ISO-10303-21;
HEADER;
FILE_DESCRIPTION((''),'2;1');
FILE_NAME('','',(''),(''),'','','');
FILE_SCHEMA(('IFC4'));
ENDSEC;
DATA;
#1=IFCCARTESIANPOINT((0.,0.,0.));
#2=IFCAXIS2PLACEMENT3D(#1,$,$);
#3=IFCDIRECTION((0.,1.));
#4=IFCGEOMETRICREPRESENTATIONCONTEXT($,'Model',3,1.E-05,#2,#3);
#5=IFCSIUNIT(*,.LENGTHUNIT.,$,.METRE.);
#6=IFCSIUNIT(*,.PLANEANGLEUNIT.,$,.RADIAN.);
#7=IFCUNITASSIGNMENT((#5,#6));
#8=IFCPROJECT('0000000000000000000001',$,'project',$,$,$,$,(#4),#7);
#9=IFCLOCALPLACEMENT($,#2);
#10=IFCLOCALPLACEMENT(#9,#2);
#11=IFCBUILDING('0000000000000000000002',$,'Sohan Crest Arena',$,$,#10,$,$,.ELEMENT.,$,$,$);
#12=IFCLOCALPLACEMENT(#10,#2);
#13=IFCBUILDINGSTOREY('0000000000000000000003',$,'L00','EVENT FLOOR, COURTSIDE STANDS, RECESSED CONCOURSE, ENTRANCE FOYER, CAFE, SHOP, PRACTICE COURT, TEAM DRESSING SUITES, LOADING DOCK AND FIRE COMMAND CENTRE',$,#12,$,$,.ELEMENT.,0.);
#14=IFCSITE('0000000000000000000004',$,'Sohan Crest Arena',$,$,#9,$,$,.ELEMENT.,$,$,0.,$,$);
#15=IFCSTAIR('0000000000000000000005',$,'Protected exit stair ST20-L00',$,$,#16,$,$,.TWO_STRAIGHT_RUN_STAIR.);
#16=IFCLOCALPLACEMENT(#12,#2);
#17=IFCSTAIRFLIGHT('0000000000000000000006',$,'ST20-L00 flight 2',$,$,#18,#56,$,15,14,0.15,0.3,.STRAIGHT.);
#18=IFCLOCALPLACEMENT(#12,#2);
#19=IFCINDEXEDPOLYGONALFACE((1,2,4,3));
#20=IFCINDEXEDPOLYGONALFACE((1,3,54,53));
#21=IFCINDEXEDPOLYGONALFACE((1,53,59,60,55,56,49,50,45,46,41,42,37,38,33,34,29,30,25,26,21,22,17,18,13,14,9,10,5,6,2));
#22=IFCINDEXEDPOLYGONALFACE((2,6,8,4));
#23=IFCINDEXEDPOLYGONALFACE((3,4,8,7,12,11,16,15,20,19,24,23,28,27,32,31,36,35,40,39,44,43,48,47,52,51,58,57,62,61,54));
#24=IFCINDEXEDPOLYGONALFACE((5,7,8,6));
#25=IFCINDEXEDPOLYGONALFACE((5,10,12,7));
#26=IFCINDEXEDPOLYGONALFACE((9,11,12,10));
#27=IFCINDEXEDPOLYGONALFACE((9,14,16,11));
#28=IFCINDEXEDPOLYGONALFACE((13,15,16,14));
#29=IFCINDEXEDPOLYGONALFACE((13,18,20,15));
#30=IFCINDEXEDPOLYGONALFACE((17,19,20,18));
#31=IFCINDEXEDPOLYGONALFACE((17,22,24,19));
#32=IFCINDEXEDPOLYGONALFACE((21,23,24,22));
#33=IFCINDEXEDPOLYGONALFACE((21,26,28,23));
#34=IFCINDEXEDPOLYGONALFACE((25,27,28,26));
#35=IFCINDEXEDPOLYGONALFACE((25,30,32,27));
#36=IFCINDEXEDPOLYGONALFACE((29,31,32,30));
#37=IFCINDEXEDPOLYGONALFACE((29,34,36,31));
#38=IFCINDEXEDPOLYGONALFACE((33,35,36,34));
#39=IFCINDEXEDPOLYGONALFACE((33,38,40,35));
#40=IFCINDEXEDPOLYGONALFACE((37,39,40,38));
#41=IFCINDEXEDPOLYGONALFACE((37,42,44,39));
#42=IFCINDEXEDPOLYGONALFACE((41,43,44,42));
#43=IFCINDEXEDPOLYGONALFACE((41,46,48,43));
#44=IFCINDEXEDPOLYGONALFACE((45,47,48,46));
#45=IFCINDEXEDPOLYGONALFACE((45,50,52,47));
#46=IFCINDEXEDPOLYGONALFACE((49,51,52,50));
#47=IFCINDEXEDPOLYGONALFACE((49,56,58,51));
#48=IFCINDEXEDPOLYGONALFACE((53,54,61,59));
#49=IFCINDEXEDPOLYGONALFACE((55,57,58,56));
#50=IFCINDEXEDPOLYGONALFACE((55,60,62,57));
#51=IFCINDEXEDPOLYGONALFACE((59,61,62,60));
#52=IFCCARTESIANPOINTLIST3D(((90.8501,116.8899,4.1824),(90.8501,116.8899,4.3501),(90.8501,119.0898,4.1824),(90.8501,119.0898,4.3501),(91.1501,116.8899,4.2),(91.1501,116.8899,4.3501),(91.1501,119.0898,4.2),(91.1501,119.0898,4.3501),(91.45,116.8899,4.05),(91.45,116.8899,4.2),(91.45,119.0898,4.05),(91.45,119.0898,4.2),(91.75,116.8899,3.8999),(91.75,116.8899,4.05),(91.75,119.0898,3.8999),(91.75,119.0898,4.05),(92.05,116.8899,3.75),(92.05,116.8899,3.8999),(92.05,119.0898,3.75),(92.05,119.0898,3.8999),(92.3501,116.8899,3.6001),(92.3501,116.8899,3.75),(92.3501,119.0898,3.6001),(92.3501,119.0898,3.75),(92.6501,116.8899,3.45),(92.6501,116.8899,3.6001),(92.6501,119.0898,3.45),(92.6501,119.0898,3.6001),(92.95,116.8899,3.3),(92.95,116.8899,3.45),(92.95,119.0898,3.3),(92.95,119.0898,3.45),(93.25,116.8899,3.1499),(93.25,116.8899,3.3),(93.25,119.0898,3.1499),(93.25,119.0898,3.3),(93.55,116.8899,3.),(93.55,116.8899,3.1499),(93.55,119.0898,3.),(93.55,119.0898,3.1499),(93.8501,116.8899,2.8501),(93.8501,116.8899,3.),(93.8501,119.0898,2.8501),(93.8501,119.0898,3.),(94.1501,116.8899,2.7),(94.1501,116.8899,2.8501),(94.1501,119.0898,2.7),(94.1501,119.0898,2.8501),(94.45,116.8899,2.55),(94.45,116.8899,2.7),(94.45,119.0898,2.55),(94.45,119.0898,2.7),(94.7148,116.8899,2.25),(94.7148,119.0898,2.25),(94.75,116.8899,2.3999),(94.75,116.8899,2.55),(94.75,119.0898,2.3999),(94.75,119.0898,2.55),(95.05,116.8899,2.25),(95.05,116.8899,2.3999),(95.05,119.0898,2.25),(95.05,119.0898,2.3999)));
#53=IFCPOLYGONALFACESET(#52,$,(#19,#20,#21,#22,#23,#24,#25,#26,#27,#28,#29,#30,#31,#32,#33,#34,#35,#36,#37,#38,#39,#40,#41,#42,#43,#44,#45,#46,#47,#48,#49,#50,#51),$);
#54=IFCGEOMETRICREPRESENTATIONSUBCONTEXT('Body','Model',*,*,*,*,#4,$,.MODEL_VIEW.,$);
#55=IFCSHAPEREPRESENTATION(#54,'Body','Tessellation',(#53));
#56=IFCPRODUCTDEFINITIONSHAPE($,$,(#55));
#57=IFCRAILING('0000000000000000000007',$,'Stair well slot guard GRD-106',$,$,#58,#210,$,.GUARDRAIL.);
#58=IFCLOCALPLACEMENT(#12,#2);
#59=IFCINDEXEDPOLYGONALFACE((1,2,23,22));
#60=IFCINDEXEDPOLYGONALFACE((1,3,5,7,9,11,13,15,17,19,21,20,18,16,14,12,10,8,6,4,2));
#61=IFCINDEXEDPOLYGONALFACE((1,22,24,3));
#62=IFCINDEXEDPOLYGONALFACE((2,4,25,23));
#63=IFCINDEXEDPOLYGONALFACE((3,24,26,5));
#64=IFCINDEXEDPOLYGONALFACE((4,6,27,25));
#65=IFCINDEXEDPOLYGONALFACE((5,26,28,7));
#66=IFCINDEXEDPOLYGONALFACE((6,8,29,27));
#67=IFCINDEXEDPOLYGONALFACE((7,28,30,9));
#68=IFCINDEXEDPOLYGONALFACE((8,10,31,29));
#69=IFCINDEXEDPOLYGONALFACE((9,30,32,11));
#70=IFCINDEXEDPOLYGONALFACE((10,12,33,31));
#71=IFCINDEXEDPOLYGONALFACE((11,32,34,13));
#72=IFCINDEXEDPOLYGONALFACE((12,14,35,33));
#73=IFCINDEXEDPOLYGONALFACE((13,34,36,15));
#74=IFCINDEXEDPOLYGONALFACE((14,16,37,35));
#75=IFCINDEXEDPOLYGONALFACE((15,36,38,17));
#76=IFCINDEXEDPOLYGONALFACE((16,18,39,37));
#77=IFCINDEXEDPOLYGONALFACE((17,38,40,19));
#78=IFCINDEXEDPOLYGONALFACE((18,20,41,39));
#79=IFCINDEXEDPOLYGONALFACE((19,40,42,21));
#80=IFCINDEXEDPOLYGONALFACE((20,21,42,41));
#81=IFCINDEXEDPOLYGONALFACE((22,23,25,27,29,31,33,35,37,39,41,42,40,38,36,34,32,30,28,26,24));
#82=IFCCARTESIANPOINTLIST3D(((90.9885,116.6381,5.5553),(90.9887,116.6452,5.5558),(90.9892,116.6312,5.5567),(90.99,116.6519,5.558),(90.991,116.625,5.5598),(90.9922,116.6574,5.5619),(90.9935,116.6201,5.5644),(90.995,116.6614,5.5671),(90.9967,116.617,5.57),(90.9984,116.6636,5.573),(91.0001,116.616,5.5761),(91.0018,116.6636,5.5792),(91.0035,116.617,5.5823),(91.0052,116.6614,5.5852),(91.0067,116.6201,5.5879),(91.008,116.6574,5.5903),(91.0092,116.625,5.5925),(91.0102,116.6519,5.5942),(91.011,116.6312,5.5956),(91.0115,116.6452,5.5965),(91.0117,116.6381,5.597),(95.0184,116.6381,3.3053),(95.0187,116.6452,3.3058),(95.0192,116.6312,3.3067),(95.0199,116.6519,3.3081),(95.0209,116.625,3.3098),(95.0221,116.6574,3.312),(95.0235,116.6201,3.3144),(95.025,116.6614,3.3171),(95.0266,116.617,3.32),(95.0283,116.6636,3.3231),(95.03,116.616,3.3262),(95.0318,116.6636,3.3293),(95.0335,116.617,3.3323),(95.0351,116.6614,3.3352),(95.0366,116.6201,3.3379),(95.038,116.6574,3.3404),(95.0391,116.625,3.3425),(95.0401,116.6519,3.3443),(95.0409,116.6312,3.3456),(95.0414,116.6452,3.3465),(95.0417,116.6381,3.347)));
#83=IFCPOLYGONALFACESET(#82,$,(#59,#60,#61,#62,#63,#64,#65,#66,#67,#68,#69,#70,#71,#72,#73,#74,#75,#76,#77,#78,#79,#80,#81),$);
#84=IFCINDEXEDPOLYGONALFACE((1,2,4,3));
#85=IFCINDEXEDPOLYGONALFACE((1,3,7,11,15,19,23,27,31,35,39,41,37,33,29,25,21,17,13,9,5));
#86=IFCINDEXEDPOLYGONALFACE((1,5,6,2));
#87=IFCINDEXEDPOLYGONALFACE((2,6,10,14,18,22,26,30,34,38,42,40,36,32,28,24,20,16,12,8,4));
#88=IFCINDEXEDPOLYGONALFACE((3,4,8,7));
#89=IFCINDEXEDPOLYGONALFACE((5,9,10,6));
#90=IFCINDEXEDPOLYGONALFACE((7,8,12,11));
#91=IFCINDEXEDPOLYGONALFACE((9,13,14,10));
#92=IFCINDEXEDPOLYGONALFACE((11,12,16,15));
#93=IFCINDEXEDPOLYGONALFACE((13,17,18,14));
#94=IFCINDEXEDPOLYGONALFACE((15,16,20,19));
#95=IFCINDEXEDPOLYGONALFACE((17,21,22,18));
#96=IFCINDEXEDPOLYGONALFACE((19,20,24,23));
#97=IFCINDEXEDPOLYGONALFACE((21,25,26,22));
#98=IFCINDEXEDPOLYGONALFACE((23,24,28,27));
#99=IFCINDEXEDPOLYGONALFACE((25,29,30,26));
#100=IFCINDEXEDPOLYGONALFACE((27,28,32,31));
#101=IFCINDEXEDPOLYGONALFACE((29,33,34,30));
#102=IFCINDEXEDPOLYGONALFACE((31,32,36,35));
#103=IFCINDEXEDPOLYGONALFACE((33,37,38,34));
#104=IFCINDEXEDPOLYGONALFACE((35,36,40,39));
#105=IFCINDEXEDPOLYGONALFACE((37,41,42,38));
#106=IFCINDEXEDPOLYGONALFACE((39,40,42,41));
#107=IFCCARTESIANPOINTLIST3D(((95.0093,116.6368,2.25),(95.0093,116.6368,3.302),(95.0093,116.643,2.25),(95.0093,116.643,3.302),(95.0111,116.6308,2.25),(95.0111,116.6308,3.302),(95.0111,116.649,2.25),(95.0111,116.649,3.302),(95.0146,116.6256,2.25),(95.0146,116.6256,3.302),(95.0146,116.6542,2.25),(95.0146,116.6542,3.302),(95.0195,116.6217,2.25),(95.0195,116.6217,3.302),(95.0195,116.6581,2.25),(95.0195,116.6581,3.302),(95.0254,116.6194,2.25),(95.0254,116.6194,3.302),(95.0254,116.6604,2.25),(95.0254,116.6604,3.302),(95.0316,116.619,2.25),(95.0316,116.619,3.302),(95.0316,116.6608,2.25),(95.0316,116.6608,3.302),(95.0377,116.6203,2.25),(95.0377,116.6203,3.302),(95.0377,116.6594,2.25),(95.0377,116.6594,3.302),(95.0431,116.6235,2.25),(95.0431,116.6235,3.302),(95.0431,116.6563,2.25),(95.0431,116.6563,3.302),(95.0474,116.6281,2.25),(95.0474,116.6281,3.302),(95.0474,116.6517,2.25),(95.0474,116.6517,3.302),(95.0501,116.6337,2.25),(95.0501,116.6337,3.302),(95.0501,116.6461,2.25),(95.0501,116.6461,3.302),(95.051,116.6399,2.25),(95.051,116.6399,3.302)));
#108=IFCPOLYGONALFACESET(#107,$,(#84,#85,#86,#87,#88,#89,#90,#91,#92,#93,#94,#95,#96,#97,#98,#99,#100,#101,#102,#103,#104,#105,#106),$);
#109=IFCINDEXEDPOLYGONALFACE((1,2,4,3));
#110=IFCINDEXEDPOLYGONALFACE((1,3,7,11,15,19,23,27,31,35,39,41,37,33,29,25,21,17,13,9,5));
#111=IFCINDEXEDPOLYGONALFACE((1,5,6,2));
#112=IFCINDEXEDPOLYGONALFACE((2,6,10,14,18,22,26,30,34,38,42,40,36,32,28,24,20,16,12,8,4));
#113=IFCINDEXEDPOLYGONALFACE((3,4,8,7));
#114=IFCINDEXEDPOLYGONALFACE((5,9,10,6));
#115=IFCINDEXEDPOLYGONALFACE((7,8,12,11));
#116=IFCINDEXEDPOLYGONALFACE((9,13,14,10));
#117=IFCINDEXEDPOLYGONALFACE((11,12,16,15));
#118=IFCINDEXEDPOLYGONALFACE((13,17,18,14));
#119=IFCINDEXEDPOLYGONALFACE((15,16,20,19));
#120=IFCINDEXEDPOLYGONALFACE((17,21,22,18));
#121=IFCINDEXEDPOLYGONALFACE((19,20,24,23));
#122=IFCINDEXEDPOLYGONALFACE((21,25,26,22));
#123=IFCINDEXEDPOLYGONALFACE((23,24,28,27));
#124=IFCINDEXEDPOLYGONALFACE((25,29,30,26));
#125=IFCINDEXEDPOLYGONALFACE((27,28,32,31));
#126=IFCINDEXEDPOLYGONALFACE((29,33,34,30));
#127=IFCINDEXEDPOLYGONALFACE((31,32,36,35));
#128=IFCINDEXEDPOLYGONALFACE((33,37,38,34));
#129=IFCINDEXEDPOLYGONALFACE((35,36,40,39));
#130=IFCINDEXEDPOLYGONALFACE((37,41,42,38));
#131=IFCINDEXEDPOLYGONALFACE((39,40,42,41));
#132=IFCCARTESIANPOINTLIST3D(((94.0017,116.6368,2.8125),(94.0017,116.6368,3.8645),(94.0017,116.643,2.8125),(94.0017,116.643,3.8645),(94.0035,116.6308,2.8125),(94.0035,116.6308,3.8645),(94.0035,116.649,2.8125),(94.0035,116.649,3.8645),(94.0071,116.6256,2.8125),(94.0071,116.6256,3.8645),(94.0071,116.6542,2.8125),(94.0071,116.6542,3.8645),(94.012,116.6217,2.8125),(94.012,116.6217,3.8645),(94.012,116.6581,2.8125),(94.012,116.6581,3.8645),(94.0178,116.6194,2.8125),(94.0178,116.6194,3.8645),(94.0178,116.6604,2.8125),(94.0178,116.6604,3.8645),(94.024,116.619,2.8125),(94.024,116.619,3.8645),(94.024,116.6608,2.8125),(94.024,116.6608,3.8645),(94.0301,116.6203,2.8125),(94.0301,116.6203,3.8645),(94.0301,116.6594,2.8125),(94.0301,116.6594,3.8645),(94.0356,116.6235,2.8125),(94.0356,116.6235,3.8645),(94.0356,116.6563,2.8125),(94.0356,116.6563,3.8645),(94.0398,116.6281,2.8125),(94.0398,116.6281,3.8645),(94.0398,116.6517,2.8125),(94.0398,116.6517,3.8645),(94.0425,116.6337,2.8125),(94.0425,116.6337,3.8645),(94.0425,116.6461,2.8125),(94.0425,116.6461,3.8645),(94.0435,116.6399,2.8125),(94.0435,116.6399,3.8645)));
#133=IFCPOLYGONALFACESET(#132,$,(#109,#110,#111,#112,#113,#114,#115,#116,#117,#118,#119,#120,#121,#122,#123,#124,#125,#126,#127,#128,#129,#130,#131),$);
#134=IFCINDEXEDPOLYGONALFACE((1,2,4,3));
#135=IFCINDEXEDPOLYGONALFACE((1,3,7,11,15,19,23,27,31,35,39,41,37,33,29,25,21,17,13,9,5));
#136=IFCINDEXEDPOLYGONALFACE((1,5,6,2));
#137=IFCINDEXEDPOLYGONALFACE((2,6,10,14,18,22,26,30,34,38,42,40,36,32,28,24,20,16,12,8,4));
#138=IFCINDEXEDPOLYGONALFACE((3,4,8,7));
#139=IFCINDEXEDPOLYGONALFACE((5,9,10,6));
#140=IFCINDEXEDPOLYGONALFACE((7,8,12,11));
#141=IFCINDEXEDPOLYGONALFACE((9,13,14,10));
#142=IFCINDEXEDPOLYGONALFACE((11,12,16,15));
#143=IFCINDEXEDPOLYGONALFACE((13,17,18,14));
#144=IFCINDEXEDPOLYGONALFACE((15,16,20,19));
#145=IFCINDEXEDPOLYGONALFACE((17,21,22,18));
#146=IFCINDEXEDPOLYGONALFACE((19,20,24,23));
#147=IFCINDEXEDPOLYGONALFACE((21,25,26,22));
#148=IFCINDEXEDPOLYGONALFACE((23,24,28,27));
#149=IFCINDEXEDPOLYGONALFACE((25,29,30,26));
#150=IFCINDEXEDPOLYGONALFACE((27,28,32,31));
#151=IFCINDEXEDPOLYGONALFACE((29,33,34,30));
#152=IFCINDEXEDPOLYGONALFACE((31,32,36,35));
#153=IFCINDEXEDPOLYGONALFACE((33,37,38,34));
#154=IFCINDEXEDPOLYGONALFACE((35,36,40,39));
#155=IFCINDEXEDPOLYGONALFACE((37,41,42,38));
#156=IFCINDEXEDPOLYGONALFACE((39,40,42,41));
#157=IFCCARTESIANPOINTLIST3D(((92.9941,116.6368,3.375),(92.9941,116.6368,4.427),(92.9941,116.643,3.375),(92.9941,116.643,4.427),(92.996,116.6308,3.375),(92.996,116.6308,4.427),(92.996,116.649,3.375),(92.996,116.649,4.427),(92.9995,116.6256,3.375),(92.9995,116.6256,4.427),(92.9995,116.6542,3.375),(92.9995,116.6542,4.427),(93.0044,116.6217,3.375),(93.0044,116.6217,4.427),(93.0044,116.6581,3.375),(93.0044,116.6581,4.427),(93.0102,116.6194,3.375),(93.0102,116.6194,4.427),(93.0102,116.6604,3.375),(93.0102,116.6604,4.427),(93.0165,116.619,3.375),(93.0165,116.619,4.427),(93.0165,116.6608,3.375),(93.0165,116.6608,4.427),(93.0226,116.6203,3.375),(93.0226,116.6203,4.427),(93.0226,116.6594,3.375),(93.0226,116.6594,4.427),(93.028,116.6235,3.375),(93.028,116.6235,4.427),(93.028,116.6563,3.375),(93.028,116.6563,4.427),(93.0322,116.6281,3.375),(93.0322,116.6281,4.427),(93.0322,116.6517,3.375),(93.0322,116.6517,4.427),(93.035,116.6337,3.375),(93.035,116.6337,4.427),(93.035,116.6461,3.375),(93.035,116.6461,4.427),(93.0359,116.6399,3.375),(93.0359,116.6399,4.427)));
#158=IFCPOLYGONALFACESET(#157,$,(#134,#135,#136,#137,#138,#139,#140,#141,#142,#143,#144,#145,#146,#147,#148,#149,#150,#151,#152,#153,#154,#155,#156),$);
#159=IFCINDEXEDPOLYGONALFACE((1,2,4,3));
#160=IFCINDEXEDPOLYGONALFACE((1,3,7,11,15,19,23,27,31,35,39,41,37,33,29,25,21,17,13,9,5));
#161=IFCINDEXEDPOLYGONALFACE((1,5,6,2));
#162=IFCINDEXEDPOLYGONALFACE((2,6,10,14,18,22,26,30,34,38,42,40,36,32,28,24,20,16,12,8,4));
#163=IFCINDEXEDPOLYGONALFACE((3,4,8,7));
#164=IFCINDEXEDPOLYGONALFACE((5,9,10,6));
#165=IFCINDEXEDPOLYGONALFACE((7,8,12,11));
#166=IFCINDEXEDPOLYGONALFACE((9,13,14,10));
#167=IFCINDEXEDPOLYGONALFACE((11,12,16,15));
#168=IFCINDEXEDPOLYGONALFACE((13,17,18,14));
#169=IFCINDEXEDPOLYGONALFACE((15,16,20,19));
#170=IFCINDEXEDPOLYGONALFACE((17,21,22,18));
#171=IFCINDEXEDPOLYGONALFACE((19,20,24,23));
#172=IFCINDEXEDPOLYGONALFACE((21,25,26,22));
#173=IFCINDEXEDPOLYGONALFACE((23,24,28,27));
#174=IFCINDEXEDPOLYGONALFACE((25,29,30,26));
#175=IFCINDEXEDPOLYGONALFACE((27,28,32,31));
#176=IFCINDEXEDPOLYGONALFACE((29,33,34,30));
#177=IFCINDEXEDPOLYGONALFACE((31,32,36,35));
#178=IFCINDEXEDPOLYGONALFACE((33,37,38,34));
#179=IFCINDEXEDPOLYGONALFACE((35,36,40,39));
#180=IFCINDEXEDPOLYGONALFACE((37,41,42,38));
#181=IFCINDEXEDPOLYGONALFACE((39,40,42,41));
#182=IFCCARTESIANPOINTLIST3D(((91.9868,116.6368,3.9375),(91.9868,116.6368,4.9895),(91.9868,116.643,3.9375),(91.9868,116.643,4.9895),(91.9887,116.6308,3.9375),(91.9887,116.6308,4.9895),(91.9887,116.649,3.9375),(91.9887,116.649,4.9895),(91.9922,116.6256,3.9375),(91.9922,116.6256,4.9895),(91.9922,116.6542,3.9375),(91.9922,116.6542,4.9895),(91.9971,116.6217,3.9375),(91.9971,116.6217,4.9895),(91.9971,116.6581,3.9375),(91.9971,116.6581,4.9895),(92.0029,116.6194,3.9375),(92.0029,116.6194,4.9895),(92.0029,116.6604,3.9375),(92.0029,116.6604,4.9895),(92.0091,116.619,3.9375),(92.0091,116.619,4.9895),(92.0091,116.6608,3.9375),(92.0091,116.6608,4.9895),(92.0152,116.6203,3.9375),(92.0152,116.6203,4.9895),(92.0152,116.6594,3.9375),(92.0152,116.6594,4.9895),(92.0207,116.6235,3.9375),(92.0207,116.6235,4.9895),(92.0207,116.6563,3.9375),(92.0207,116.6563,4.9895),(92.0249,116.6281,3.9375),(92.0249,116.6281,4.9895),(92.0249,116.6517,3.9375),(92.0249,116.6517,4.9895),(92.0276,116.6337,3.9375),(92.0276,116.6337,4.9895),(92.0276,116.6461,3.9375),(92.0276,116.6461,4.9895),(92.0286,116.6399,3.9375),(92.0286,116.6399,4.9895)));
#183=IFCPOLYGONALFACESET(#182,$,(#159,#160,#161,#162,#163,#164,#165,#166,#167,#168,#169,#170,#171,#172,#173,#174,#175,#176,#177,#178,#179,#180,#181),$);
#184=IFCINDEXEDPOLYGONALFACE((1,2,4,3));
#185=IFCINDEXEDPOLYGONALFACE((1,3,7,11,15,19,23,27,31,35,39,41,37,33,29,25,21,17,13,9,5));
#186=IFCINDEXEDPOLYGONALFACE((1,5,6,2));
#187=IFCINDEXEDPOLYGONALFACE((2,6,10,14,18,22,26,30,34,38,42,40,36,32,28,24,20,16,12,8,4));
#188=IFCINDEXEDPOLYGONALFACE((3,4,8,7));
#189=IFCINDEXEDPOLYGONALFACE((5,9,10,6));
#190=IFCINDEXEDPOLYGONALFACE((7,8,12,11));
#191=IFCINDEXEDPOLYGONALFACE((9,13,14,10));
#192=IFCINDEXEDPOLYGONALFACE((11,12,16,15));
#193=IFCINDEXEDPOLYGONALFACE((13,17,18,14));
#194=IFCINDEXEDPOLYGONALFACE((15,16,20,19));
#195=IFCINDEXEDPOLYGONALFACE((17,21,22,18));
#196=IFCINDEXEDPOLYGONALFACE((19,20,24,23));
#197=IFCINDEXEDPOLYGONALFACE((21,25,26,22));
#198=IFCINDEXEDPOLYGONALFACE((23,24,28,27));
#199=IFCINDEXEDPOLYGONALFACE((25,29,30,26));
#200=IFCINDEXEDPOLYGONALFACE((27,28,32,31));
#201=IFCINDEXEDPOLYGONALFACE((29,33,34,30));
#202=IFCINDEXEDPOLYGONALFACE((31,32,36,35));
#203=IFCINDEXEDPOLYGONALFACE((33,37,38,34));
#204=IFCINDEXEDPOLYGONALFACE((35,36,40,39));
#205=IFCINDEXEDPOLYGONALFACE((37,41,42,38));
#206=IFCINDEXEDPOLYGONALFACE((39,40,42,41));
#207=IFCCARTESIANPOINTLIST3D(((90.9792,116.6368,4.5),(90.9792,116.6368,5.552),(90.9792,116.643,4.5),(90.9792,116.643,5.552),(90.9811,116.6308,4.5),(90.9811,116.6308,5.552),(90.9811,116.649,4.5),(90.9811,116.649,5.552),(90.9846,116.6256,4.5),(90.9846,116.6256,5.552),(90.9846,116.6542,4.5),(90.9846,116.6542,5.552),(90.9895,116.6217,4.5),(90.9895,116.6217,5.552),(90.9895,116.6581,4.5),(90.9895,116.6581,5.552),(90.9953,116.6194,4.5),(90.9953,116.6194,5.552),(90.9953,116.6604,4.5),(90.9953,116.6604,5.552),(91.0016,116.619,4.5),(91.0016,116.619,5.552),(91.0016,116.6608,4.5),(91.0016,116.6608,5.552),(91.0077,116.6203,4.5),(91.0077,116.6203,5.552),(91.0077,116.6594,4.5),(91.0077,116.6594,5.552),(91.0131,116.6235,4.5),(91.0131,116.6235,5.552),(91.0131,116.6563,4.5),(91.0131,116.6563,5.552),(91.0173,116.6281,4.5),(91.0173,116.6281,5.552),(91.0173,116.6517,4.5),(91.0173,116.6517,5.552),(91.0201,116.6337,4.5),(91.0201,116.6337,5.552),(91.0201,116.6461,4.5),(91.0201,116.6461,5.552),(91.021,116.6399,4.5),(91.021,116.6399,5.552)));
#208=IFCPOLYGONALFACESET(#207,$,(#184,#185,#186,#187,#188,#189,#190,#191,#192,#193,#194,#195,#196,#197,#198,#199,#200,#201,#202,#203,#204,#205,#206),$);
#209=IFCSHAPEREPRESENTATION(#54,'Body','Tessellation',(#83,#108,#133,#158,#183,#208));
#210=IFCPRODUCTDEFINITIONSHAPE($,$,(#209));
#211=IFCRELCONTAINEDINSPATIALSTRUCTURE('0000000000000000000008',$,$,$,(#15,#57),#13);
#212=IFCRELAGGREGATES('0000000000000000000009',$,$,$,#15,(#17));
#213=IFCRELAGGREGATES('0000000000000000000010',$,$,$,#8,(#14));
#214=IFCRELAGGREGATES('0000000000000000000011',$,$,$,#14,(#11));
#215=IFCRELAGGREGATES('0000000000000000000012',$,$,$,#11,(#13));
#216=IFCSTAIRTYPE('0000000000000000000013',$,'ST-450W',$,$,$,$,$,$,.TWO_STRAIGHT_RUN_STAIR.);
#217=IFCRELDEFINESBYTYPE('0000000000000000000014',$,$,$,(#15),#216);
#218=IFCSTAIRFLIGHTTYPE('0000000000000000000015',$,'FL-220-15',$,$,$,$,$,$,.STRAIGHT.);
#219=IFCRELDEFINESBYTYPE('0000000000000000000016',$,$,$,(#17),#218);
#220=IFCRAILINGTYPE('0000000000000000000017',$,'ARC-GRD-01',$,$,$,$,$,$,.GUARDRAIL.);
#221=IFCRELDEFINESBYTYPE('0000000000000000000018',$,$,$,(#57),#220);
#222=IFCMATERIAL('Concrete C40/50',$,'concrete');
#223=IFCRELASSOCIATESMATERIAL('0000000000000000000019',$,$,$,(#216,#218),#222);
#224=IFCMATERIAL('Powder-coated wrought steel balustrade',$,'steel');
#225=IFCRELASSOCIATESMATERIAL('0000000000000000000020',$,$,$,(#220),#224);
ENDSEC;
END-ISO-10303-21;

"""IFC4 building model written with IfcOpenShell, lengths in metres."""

from ifc_helpers import new_model, si_unit, direction, frame, origin, origin_2d, place, context, subcontext, project, spatial, polyline, circle, outline, extrude, material, type_object, element, aggregate, save


model = new_model("IFC4")

# Units and contexts
model_context = context("Model", 3, precision=1e-05, world=origin(), true_north=direction((0.0, 1.0)))
body_context = subcontext(model_context, "Body", "Model", "MODEL_VIEW")
ifc_project = project(units=[si_unit("LENGTHUNIT", "METRE"), si_unit("PLANEANGLEUNIT", "RADIAN")], contexts=[model_context])

# Site, building, storey
site_placement = place(None, origin())
site = spatial("IfcSite", under=ifc_project, at=site_placement, Name="Sohan Crest Arena", CompositionType="ELEMENT", RefElevation=0.0)
building_placement = place(site_placement, origin())
building = spatial("IfcBuilding", under=site, at=building_placement, Name="Sohan Crest Arena", CompositionType="ELEMENT")
storey_placement = place(building_placement, origin())
storey = spatial("IfcBuildingStorey", under=building, at=storey_placement, Name="L00", Description="EVENT FLOOR, COURTSIDE STANDS, RECESSED CONCOURSE, ENTRANCE FOYER, CAFE, SHOP, PRACTICE COURT, TEAM DRESSING SUITES, LOADING DOCK AND FIRE COMMAND CENTRE", CompositionType="ELEMENT", Elevation=0.0)

# Stair, stair flight
ifc_material_1 = material(Name="Concrete C40/50", Category="concrete")
stair_type = type_object("IfcStairType", Name="ST-450W", PredefinedType="TWO_STRAIGHT_RUN_STAIR", material=ifc_material_1)
stair_placement = place(storey_placement, origin())
stair = element("IfcStair", 1, at=stair_placement, inside=storey, type_object=stair_type, Name="Protected exit stair ST20-L00", PredefinedType="TWO_STRAIGHT_RUN_STAIR")
stair_flight_type = type_object("IfcStairFlightType", Name="FL-220-15", PredefinedType="STRAIGHT", material=ifc_material_1)
stair_flight_placement = place(storey_placement, frame((95.05, 117.99, 2.25), z_axis=(0.0, 0.0, 1.0), x_axis=(-1.0, 0.0, 0.0)))
stair_flight = element("IfcStairFlight", 2, at=stair_flight_placement, type_object=stair_flight_type, Name="ST20-L00 flight 2", NumberOfRisers=15, NumberOfTreads=14, PredefinedType="STRAIGHT", RiserHeight=0.15, TreadLength=0.3, context=body_context, shape_type="SweptSolid", body=[
    extrude(outline(polyline([(0.0, 0.0), (0.0, 0.1499), (0.3, 0.1499), (0.3, 0.3), (0.6001, 0.3), (0.6001, 0.45), (0.8999, 0.45), (0.8999, 0.6001), (1.2, 0.6001), (1.2, 0.75), (1.5, 0.75), (1.5, 0.8999), (1.8, 0.8999), (1.8, 1.05), (2.1001, 1.05), (2.1001, 1.2), (2.3999, 1.2), (2.3999, 1.3501), (2.7, 1.3501), (2.7, 1.5), (3.0, 1.5), (3.0, 1.6499), (3.3, 1.6499), (3.3, 1.8), (3.6001, 1.8), (3.6001, 1.95), (3.8999, 1.95), (3.8999, 2.1001), (4.2, 2.1001), (4.2, 2.25), (4.2, 1.9324), (0.3352, 0.0), (0.0, 0.0)])), frame((0.0, 1.1001, 0.0), z_axis=(0.0, -1.0, 0.0), x_axis=(1.0, 0.0, 0.0)), (0.0, 0.0, 1.0), 2.2),
])
aggregate(stair, [stair_flight])

# Railing
ifc_material_2 = material(Name="Powder-coated wrought steel balustrade", Category="steel")
railing_type_1 = type_object("IfcRailingType", Name="ARC-GRD-01", PredefinedType="GUARDRAIL", material=ifc_material_2)
railing_1_placement = place(storey_placement, frame((95.03, 116.6399, 2.25)))
element("IfcRailing", 3, at=railing_1_placement, inside=storey, type_object=railing_type_1, Name="Stair well slot guard GRD-106", PredefinedType="GUARDRAIL", context=body_context, shape_type="SweptSolid", body=[
    extrude(circle(Radius=0.0239, at=origin_2d()), frame((0.0, 0.0, 1.0762), z_axis=(-0.873135, 0.0, 0.487479), x_axis=(0.0, -1.0, 0.0)), (0.0, 0.0, 1.0), 4.6155),
    extrude(circle(Radius=0.021, at=origin_2d()), origin(), (0.0, 0.0, 1.0), 1.052),
    extrude(circle(Radius=0.021, at=origin_2d()), frame((-1.0076, 0.0, 0.5625)), (0.0, 0.0, 1.0), 1.052),
    extrude(circle(Radius=0.021, at=origin_2d()), frame((-2.0151, 0.0, 1.125)), (0.0, 0.0, 1.0), 1.052),
    extrude(circle(Radius=0.021, at=origin_2d()), frame((-3.0225, 0.0, 1.6875)), (0.0, 0.0, 1.0), 1.052),
    extrude(circle(Radius=0.021, at=origin_2d()), frame((-4.03, 0.0, 2.25)), (0.0, 0.0, 1.0), 1.052),
])

save(model, "model.ifc")
